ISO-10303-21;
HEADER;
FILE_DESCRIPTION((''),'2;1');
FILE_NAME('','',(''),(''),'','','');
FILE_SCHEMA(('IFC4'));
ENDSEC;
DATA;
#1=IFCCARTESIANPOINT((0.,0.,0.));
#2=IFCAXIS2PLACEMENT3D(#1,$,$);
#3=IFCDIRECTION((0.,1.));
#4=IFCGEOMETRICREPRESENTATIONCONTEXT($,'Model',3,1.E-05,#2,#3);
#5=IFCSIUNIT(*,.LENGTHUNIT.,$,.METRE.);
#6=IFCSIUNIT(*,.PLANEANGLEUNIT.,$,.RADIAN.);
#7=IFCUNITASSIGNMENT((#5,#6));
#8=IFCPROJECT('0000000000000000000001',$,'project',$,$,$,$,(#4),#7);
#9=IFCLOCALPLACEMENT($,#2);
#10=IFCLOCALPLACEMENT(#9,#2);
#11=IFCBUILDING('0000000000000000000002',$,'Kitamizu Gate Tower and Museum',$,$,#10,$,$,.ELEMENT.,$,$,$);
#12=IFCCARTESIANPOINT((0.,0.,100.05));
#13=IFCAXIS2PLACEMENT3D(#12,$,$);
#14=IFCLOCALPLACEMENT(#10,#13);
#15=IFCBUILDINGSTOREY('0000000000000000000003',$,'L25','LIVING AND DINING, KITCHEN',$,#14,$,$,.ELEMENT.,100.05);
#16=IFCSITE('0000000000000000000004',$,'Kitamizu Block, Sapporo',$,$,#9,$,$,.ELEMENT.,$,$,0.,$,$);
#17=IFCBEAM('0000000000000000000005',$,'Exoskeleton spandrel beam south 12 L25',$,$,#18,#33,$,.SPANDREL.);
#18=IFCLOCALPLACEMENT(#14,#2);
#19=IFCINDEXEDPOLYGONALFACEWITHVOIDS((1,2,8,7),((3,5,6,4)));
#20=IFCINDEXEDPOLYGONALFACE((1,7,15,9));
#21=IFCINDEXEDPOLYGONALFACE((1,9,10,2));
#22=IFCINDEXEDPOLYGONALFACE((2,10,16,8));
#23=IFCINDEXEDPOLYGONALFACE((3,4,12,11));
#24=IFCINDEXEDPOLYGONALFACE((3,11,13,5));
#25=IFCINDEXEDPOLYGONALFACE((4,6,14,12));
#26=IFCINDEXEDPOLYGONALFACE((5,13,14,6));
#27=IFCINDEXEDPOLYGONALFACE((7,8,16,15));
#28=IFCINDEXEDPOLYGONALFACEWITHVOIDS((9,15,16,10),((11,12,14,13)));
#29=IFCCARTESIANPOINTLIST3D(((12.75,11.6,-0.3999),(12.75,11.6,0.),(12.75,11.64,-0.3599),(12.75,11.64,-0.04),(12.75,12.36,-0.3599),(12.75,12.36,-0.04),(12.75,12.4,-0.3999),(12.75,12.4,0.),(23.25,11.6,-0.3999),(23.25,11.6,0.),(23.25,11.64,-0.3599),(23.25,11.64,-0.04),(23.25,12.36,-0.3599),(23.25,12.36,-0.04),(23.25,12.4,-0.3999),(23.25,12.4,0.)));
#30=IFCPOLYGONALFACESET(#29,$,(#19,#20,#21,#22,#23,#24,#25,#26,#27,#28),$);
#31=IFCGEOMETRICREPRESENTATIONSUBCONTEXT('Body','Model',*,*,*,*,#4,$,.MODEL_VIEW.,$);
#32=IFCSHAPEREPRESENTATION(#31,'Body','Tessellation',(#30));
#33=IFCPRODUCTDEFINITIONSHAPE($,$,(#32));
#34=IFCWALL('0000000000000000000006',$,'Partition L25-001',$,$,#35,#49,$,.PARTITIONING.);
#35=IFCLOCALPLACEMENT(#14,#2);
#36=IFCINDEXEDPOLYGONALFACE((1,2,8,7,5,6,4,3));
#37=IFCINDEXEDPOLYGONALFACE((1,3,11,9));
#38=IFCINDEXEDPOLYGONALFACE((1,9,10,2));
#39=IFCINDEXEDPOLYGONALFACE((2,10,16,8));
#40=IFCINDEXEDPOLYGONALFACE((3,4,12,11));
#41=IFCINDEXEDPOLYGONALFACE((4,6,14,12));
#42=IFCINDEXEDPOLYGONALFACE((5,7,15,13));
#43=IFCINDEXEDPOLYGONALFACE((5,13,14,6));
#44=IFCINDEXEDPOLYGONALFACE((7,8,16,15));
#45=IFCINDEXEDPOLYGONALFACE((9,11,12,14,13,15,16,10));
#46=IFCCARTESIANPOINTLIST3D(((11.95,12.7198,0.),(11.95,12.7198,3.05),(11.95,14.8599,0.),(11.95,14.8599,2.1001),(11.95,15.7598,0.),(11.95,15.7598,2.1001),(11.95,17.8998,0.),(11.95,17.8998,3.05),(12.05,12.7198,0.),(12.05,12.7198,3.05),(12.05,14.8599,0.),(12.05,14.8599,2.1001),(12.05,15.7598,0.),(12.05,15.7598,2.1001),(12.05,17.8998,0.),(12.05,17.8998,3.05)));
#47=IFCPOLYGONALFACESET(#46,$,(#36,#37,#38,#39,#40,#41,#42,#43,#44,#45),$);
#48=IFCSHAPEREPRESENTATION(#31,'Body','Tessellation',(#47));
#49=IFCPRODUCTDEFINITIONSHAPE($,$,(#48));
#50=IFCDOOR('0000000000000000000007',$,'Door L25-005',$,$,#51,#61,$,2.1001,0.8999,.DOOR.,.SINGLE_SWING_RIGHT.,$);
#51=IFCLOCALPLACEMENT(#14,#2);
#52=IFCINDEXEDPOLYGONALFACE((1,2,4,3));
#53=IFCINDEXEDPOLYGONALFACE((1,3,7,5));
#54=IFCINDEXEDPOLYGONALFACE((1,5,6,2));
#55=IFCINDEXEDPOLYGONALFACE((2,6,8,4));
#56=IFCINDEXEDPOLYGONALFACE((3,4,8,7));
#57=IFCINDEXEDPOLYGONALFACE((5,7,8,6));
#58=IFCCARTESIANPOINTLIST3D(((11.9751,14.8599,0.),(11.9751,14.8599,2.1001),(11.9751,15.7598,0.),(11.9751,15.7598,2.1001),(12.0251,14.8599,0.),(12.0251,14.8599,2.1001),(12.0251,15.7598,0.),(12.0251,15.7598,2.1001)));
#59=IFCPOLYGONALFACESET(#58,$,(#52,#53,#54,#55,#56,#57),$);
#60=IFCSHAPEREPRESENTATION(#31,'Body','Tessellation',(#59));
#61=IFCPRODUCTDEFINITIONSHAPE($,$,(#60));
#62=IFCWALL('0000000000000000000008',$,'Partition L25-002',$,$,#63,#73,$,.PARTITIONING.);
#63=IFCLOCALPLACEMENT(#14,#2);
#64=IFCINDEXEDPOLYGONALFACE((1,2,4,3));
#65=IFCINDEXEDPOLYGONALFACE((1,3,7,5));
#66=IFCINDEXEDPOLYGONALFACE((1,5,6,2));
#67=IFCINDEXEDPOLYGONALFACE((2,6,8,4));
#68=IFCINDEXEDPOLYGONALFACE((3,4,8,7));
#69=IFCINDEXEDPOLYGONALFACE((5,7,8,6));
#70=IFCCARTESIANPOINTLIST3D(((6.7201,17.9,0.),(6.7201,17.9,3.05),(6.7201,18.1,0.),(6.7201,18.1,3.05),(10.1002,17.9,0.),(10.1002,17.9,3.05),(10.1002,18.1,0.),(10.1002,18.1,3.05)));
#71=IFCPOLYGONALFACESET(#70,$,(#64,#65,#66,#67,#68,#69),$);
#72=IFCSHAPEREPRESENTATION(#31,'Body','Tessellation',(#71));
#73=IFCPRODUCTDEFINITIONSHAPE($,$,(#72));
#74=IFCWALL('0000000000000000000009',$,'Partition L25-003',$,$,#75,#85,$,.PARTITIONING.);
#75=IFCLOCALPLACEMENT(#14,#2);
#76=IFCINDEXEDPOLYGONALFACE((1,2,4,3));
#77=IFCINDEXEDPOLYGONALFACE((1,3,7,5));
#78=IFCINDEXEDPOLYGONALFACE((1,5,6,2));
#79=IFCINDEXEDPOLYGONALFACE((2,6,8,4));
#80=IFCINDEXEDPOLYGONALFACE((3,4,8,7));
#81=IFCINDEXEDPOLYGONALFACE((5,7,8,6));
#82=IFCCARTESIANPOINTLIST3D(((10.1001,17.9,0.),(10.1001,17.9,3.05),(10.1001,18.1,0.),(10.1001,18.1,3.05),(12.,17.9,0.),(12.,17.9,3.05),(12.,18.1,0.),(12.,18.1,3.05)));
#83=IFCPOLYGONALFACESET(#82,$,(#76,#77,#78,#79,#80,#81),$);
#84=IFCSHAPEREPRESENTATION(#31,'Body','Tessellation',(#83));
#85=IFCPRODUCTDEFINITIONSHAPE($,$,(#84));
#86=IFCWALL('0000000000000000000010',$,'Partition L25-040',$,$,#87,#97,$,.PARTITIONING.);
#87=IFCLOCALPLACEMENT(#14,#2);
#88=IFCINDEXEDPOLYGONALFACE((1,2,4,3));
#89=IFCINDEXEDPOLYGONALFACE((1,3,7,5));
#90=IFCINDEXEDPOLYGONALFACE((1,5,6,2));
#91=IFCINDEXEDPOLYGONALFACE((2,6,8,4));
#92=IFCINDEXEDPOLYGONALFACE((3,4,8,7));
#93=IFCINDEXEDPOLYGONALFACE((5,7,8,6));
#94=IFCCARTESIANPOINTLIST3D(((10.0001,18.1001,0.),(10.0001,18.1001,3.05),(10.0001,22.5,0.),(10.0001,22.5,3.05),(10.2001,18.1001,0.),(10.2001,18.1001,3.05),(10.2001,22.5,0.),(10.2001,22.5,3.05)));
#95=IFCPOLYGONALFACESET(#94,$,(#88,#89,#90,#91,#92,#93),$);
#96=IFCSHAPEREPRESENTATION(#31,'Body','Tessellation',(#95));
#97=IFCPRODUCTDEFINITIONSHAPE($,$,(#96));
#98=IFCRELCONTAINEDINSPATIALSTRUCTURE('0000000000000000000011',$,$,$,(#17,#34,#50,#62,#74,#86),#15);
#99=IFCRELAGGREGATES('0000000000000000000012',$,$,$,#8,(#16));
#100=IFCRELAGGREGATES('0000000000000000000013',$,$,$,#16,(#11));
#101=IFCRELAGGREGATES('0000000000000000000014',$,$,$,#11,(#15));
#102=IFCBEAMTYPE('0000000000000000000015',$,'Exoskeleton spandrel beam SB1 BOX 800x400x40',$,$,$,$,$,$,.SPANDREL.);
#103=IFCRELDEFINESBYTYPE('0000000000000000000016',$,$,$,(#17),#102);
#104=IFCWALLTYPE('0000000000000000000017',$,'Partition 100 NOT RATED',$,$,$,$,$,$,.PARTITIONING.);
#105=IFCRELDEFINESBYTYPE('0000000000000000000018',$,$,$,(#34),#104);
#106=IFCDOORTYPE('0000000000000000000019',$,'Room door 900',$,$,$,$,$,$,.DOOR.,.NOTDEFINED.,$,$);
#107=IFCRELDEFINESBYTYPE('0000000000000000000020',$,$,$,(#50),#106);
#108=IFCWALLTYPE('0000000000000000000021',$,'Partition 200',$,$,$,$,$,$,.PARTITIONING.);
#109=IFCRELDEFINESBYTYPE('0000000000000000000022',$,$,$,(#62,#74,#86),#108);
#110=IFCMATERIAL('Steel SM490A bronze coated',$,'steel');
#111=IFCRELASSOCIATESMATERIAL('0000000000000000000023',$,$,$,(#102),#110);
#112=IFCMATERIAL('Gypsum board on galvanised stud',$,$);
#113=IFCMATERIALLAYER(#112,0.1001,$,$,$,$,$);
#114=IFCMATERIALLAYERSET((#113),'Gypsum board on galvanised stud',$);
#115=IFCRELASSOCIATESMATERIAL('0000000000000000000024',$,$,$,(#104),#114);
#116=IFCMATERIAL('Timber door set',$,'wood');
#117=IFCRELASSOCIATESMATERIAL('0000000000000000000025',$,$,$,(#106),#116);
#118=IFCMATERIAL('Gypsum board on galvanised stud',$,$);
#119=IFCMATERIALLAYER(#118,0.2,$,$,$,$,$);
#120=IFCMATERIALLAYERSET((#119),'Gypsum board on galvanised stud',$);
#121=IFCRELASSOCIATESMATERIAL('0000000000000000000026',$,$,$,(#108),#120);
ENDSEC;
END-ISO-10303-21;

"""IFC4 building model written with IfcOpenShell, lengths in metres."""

from ifc_helpers import new_model, si_unit, direction, frame, frame_2d, origin, origin_2d, place, context, subcontext, project, spatial, rectangle, hollow_rectangle, extrude, material, layer, layer_set, material_profile, profile_set, type_object, element, fill, save


model = new_model("IFC4")

# Units and contexts
model_context = context("Model", 3, precision=1e-05, world=origin(), true_north=direction((0.0, 1.0)))
body_context = subcontext(model_context, "Body", "Model", "MODEL_VIEW")
ifc_project = project(units=[si_unit("LENGTHUNIT", "METRE"), si_unit("PLANEANGLEUNIT", "RADIAN")], contexts=[model_context])

# Site, building, storey
site_placement = place(None, origin())
site = spatial("IfcSite", under=ifc_project, at=site_placement, Name="Kitamizu Block, Sapporo", CompositionType="ELEMENT", RefElevation=0.0)
building_placement = place(site_placement, origin())
building = spatial("IfcBuilding", under=site, at=building_placement, Name="Kitamizu Gate Tower and Museum", CompositionType="ELEMENT")
storey_placement = place(building_placement, frame((0.0, 0.0, 100.05)))
storey = spatial("IfcBuildingStorey", under=building, at=storey_placement, Name="L25", Description="LIVING AND DINING, KITCHEN", CompositionType="ELEMENT", Elevation=100.05)

# Beam
ifc_material_1 = material(Name="Steel SM490A bronze coated", Category="steel")
ifc_material_profile = material_profile(ifc_material_1, hollow_rectangle(XDim=0.8, YDim=0.3999, WallThickness=0.04, at=origin_2d()), Name="BOX 800x400x40")
ifc_profile_set = profile_set([ifc_material_profile], Name="Steel SM490A bronze coated")
beam_type = type_object("IfcBeamType", Name="Exoskeleton spandrel beam SB1 BOX 800x400x40", PredefinedType="SPANDREL", material=ifc_profile_set)
beam_placement = place(storey_placement, frame((12.75, 12.0, -0.2), z_axis=(1.0, 0.0, 0.0), x_axis=(0.0, 1.0, 0.0)))
element("IfcBeam", 1, at=beam_placement, inside=storey, type_object=beam_type, Name="Exoskeleton spandrel beam south 12 L25", PredefinedType="SPANDREL", context=body_context, shape_type="SweptSolid", body=[
    extrude(hollow_rectangle(XDim=0.8, YDim=0.3999, WallThickness=0.04, at=origin_2d()), origin(), (0.0, 0.0, 1.0), 10.5),
])

# Wall, opening, door
ifc_material_2 = material(Name="Gypsum board on galvanised stud")
ifc_layer_1 = layer(ifc_material_2, 0.1001)
ifc_layer_set_1 = layer_set([ifc_layer_1], Name="Gypsum board on galvanised stud")
wall_type_1 = type_object("IfcWallType", Name="Partition 100 NOT RATED", PredefinedType="PARTITIONING", material=ifc_layer_set_1)
wall_1_placement = place(storey_placement, frame((12.0, 12.72, 0.0), z_axis=(0.0, 0.0, 1.0), x_axis=(0.0, 1.0, 0.0)))
wall_1 = element("IfcWall", 2, at=wall_1_placement, inside=storey, type_object=wall_type_1, Name="Partition L25-001", PredefinedType="PARTITIONING", context=body_context, shape_type="SweptSolid", body=[
    extrude(rectangle(XDim=5.1799, YDim=0.1001, at=frame_2d((2.5898, 0.0))), origin(), (0.0, 0.0, 1.0), 3.05),
])
opening_placement = place(wall_1_placement, frame((2.1399, 0.0, 0.0)))
opening = element("IfcOpeningElement", 3, at=opening_placement, cuts=wall_1, PredefinedType="OPENING", context=body_context, shape_type="SweptSolid", body=[
    extrude(rectangle(XDim=0.8999, YDim=2.1001, at=frame_2d((0.45, 1.05))), frame((0.0, 0.0601, 0.0), z_axis=(0.0, -1.0, 0.0), x_axis=(1.0, 0.0, 0.0)), (0.0, 0.0, 1.0), 0.1201),
])
ifc_material_3 = material(Name="Timber door set", Category="wood")
door_type = type_object("IfcDoorType", Name="Room door 900", OperationType="NOTDEFINED", PredefinedType="DOOR", material=ifc_material_3)
door_placement = place(opening_placement, origin())
door = element("IfcDoor", 4, at=door_placement, inside=storey, type_object=door_type, Name="Door L25-005", OperationType="SINGLE_SWING_RIGHT", OverallHeight=2.1001, OverallWidth=0.8999, PredefinedType="DOOR", context=body_context, shape_type="SweptSolid", body=[
    extrude(rectangle(XDim=0.8999, YDim=2.1001, at=frame_2d((0.45, 1.05))), frame((0.0, 0.0249, 0.0), z_axis=(0.0, -1.0, 0.0), x_axis=(1.0, 0.0, 0.0)), (0.0, 0.0, 1.0), 0.05),
])
fill(opening, door)

# Walls
ifc_material_4 = material(Name="Gypsum board on galvanised stud")
ifc_layer_2 = layer(ifc_material_4, 0.2)
ifc_layer_set_2 = layer_set([ifc_layer_2], Name="Gypsum board on galvanised stud")
wall_type_2 = type_object("IfcWallType", Name="Partition 200", PredefinedType="PARTITIONING", material=ifc_layer_set_2)
wall_2_placement = place(storey_placement, frame((10.1001, 18.0, 0.0), z_axis=(0.0, 0.0, 1.0), x_axis=(-1.0, 0.0, 0.0)))
element("IfcWall", 5, at=wall_2_placement, inside=storey, type_object=wall_type_2, Name="Partition L25-002", PredefinedType="PARTITIONING", context=body_context, shape_type="SweptSolid", body=[
    extrude(rectangle(XDim=3.3801, YDim=0.2, at=frame_2d((1.6899, 0.0))), origin(), (0.0, 0.0, 1.0), 3.05),
])
wall_3_placement = place(storey_placement, frame((12.0, 18.0, 0.0), z_axis=(0.0, 0.0, 1.0), x_axis=(-1.0, 0.0, 0.0)))
element("IfcWall", 6, at=wall_3_placement, inside=storey, type_object=wall_type_2, Name="Partition L25-003", PredefinedType="PARTITIONING", context=body_context, shape_type="SweptSolid", body=[
    extrude(rectangle(XDim=1.8999, YDim=0.2, at=frame_2d((0.95, 0.0))), origin(), (0.0, 0.0, 1.0), 3.05),
])
wall_4_placement = place(storey_placement, frame((10.1001, 18.1001, 0.0), z_axis=(0.0, 0.0, 1.0), x_axis=(0.0, 1.0, 0.0)))
element("IfcWall", 7, at=wall_4_placement, inside=storey, type_object=wall_type_2, Name="Partition L25-040", PredefinedType="PARTITIONING", context=body_context, shape_type="SweptSolid", body=[
    extrude(rectangle(XDim=4.3999, YDim=0.2, at=frame_2d((2.2, 0.0))), origin(), (0.0, 0.0, 1.0), 3.05),
])

save(model, "model.ifc")
